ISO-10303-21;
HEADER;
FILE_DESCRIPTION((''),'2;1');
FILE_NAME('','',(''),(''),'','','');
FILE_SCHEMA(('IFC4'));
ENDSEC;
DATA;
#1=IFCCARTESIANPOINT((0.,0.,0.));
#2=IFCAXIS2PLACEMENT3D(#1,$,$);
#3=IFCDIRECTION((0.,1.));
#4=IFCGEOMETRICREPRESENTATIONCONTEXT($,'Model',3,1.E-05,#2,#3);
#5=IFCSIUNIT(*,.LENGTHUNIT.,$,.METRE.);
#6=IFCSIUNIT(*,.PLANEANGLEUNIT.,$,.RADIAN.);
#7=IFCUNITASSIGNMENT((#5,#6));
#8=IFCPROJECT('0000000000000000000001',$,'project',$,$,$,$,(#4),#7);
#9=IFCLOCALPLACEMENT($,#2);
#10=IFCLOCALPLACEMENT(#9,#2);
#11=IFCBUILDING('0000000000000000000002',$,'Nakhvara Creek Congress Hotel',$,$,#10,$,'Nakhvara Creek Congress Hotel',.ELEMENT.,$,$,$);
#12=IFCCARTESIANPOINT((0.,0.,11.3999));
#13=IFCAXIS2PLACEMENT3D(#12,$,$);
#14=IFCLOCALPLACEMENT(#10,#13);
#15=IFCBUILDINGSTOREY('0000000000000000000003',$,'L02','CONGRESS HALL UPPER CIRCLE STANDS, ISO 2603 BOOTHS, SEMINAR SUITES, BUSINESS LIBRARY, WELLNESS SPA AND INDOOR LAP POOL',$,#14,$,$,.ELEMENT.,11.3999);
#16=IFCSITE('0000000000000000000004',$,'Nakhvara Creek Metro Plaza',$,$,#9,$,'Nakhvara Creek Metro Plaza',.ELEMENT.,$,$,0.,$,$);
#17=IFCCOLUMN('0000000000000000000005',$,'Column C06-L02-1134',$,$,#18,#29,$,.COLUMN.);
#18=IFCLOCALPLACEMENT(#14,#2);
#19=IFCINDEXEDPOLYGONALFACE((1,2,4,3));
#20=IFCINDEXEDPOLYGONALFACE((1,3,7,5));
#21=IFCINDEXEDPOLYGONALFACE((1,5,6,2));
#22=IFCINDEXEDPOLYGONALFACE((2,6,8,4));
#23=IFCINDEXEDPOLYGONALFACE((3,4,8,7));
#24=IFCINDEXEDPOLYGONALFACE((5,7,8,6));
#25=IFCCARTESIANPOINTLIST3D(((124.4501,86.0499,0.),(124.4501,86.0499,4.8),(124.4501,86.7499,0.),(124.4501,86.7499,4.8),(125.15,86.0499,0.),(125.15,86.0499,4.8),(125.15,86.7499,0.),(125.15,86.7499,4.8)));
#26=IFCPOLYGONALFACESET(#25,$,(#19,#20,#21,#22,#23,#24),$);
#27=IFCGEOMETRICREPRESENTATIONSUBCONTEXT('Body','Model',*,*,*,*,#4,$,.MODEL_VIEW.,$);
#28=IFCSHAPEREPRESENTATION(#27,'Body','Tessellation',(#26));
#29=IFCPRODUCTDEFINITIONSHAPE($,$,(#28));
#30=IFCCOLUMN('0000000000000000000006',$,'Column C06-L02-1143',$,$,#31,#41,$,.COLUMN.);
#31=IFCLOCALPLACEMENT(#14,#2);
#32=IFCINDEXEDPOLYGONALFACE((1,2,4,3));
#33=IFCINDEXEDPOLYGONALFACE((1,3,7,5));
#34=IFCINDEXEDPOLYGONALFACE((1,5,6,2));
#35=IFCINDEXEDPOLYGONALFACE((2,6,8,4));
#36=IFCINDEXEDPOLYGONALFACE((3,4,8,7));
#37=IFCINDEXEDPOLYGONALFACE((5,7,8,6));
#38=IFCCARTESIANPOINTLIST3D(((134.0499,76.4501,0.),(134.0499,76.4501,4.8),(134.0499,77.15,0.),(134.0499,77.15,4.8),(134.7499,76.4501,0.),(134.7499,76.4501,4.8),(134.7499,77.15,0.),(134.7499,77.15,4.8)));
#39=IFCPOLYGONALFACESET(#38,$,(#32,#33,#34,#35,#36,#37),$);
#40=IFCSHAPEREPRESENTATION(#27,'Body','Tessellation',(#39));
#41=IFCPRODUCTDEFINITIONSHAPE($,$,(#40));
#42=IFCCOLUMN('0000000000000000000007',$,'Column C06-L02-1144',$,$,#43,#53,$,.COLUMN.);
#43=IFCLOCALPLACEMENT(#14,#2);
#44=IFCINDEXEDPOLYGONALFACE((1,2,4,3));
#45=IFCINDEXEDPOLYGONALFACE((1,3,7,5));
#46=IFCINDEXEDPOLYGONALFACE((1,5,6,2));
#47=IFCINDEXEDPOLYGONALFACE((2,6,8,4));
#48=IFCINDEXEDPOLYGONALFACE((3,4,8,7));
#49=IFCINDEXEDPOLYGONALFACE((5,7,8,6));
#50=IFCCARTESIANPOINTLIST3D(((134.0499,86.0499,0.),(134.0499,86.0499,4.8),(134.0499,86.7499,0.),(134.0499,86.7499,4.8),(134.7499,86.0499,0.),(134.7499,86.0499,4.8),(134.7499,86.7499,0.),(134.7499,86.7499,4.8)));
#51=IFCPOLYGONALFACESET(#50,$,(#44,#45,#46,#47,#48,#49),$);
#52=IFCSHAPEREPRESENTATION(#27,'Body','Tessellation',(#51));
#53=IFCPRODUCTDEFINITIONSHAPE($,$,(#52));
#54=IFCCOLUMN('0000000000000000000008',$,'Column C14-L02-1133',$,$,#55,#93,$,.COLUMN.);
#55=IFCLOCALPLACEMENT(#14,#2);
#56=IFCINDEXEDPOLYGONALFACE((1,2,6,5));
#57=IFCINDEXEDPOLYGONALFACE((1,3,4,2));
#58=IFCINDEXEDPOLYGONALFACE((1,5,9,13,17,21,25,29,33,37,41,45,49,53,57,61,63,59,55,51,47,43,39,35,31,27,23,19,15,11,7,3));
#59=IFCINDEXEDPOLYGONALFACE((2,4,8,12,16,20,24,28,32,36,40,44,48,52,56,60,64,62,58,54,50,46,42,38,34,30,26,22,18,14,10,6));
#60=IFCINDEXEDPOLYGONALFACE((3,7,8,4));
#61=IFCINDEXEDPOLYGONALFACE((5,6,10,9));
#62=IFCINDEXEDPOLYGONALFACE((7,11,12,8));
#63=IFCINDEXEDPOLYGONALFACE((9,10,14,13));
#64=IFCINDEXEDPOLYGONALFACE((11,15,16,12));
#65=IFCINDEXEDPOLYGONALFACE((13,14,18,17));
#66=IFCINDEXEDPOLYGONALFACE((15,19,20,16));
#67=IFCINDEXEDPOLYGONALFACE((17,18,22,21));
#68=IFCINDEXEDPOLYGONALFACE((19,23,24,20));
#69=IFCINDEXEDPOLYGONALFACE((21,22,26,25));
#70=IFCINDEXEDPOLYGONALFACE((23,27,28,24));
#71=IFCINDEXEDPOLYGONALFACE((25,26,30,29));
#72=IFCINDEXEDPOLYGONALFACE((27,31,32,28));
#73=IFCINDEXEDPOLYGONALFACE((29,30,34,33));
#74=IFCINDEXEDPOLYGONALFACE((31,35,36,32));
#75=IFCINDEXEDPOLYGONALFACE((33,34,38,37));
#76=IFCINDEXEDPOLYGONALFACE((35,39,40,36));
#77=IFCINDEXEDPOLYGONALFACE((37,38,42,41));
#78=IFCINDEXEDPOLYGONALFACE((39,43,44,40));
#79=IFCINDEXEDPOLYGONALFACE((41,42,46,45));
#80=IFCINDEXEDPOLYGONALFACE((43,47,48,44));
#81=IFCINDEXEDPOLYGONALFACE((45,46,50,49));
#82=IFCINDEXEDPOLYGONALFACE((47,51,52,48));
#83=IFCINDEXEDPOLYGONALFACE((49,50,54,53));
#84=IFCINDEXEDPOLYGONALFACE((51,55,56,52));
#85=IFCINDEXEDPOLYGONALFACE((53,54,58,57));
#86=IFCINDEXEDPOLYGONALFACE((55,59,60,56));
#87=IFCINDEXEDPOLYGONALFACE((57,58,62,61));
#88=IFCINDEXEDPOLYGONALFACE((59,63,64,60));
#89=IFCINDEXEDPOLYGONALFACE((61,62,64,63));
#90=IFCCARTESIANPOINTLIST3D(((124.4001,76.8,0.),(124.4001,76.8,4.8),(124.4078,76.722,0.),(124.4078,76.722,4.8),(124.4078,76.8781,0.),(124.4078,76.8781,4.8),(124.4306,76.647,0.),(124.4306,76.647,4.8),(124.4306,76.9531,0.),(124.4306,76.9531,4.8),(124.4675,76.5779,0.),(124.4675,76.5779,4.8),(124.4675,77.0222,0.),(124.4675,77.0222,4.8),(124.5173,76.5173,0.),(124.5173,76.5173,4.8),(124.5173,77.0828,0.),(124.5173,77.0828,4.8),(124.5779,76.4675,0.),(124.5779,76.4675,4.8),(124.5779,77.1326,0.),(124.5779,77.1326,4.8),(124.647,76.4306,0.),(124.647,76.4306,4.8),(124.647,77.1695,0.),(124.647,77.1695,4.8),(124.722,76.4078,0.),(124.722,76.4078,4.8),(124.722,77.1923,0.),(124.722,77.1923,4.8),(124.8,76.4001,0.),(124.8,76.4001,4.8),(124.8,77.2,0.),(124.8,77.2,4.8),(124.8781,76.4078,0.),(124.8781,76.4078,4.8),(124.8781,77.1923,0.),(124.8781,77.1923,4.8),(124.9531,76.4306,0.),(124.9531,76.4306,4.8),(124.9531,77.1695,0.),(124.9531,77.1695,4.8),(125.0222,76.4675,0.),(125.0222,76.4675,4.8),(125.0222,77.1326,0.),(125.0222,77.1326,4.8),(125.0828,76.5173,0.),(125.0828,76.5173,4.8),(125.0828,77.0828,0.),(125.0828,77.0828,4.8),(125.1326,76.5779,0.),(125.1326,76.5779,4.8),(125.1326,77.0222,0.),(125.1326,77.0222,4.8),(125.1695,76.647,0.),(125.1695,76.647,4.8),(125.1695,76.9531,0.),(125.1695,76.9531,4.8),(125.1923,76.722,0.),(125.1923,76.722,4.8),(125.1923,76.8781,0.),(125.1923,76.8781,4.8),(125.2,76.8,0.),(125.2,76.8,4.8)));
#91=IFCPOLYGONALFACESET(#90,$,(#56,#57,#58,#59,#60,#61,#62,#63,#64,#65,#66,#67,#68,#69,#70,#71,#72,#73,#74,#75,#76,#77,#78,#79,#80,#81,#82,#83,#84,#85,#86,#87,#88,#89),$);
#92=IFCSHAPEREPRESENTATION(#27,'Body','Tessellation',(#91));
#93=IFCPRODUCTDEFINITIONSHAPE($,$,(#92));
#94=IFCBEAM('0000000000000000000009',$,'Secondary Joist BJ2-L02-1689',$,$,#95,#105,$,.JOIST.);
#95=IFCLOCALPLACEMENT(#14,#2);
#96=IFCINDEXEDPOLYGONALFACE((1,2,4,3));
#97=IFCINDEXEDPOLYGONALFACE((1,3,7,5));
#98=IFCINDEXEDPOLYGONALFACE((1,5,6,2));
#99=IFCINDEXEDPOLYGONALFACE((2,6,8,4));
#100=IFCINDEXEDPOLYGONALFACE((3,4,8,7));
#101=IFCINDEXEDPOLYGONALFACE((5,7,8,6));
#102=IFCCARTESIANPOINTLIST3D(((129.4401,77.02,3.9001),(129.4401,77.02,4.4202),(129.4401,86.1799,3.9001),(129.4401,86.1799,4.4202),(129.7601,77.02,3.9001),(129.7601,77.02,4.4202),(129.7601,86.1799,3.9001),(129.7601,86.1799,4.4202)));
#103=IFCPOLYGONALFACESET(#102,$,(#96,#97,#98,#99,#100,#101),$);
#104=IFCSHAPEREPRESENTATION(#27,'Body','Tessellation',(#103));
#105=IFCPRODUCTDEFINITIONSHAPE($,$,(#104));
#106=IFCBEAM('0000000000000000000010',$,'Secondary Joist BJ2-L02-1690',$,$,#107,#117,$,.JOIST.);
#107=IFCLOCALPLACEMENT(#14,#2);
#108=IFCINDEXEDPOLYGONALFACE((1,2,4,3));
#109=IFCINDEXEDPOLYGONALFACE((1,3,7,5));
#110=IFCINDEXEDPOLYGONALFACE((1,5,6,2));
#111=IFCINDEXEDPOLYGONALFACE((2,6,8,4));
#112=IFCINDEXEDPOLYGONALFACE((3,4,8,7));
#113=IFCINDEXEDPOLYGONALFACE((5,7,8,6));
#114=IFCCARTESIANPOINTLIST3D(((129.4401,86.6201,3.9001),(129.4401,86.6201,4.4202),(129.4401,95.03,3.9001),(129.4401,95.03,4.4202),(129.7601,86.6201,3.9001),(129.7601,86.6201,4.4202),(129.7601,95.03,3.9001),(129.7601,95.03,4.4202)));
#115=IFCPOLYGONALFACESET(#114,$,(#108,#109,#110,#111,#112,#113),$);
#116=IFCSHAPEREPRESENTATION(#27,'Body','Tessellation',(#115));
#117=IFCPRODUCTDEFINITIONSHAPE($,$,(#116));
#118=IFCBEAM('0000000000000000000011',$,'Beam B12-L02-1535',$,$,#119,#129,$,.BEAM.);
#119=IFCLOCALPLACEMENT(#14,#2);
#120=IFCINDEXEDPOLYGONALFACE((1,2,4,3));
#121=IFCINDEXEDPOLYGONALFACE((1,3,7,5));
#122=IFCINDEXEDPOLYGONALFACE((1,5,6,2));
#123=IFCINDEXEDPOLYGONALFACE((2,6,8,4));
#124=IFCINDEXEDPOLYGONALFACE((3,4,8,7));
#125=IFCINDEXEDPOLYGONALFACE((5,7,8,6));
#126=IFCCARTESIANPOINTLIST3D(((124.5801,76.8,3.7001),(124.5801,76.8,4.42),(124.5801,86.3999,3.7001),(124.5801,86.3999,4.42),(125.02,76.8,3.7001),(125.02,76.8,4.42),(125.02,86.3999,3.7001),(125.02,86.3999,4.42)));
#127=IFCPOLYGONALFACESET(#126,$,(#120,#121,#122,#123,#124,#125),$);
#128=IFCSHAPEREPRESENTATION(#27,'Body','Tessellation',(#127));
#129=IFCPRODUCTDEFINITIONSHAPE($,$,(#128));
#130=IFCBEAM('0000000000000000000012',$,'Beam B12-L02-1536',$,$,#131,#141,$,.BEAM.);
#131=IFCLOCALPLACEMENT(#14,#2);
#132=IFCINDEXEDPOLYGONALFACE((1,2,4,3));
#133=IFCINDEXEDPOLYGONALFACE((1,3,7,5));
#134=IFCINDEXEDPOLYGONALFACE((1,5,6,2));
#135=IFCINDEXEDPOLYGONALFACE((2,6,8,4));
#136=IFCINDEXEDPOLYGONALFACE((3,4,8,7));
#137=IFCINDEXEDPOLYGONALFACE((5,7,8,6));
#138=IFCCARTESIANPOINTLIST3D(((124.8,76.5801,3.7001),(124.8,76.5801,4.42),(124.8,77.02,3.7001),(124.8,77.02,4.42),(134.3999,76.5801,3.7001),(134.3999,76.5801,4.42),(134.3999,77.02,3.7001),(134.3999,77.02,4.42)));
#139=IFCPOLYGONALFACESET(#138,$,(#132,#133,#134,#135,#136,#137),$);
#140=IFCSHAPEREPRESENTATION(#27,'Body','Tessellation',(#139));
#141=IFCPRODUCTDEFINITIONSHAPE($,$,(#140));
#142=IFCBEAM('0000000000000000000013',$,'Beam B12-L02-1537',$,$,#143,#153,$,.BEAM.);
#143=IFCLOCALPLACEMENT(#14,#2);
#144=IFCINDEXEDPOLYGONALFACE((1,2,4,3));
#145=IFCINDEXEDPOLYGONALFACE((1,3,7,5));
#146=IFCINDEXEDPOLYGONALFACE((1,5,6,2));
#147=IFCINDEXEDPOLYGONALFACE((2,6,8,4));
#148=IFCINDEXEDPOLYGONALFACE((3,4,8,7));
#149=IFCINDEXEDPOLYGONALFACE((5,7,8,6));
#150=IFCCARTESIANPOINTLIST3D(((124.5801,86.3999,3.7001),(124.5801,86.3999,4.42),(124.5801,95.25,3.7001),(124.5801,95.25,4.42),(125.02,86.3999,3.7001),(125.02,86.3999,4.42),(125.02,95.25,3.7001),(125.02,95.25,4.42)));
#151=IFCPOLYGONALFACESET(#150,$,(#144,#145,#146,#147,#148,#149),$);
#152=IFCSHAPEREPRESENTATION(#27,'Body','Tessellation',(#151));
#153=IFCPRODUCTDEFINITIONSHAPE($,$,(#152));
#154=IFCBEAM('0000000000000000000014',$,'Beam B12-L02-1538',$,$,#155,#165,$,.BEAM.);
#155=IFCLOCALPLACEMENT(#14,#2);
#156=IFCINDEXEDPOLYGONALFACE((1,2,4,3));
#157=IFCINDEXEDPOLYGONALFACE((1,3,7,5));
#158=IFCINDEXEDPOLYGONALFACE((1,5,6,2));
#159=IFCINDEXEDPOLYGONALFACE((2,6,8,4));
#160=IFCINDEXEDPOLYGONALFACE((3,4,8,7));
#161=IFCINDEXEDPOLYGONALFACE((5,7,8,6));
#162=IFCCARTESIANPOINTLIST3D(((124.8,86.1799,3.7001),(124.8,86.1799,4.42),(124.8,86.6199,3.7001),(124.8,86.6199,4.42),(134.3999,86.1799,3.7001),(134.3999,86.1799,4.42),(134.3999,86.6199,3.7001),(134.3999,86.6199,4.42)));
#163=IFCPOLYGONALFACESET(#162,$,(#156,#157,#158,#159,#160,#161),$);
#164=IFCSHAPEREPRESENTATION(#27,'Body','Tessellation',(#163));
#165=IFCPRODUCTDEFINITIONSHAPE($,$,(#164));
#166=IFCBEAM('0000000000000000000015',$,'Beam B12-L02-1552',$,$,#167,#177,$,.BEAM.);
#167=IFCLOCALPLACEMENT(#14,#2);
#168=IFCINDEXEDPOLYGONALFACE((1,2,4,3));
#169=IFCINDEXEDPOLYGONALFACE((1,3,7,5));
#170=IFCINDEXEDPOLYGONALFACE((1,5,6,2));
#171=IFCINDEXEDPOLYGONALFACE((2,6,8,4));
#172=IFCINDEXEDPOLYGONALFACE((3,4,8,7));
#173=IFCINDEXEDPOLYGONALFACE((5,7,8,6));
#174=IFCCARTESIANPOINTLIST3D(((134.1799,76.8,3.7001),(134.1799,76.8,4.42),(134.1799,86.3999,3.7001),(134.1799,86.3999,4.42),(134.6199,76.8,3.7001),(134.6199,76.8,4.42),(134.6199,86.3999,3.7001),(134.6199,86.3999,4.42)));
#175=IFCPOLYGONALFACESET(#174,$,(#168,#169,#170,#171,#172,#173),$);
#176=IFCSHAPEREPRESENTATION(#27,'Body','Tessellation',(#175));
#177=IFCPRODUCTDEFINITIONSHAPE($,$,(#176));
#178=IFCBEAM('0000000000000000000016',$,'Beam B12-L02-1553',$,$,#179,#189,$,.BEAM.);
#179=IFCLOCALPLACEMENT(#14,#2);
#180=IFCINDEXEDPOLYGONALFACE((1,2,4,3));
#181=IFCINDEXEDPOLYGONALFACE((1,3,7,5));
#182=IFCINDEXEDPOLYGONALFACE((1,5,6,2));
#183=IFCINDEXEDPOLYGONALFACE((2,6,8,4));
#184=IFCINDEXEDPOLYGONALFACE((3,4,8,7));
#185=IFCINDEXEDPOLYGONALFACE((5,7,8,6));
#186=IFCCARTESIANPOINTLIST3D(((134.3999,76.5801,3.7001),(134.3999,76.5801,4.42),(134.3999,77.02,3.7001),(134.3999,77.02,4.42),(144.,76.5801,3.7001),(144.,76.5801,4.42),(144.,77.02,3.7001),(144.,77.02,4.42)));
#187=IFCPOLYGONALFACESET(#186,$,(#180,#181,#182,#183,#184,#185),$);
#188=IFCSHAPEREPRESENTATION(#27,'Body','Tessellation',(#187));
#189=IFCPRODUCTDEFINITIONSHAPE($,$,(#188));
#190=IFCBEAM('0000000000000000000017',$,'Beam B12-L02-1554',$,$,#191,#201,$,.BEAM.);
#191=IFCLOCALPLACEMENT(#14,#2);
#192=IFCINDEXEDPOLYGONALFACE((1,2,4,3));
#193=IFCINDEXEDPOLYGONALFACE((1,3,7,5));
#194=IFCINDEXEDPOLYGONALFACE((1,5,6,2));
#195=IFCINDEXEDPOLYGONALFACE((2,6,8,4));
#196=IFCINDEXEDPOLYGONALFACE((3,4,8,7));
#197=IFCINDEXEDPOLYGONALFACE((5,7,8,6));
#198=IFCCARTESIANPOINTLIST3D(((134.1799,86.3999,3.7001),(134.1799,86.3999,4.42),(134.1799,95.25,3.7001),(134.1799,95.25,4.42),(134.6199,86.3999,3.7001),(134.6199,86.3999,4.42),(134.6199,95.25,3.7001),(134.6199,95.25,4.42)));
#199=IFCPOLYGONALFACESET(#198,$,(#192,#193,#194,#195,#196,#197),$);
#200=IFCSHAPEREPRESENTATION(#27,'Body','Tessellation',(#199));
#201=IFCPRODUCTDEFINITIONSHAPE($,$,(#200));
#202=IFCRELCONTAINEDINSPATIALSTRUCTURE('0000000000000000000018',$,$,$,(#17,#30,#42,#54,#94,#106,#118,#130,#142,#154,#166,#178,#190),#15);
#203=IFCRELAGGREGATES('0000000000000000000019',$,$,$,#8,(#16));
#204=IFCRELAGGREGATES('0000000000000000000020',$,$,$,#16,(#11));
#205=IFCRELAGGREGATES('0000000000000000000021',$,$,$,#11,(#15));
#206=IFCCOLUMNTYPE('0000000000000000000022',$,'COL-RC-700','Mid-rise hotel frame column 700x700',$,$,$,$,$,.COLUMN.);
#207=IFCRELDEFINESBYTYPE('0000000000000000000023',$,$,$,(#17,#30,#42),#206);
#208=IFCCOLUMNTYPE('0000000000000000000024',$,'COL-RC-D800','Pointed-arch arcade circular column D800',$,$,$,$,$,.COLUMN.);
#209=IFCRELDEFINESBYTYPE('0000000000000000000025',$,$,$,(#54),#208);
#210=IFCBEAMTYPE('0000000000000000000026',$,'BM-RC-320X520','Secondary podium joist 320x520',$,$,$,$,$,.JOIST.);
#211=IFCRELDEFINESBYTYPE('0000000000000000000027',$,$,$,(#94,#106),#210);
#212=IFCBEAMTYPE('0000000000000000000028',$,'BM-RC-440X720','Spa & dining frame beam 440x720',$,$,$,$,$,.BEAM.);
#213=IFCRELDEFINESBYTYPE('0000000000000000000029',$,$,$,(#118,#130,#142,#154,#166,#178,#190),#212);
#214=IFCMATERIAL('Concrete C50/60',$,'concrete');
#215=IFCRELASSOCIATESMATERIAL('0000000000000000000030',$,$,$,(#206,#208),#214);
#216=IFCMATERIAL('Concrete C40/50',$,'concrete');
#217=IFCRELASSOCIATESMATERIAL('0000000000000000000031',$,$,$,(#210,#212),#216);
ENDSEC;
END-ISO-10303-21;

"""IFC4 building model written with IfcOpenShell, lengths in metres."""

from ifc_helpers import new_model, si_unit, direction, frame, origin, origin_2d, place, context, subcontext, project, spatial, rectangle, circle, extrude, material, material_profile, profile_set, type_object, element, save


model = new_model("IFC4")

# Units and contexts
model_context = context("Model", 3, precision=1e-05, world=origin(), true_north=direction((0.0, 1.0)))
body_context = subcontext(model_context, "Body", "Model", "MODEL_VIEW")
ifc_project = project(units=[si_unit("LENGTHUNIT", "METRE"), si_unit("PLANEANGLEUNIT", "RADIAN")], contexts=[model_context])

# Site, building, storey
site_placement = place(None, origin())
site = spatial("IfcSite", under=ifc_project, at=site_placement, Name="Nakhvara Creek Metro Plaza", LongName="Nakhvara Creek Metro Plaza", CompositionType="ELEMENT", RefElevation=0.0)
building_placement = place(site_placement, origin())
building = spatial("IfcBuilding", under=site, at=building_placement, Name="Nakhvara Creek Congress Hotel", LongName="Nakhvara Creek Congress Hotel", CompositionType="ELEMENT")
storey_placement = place(building_placement, frame((0.0, 0.0, 11.3999)))
storey = spatial("IfcBuildingStorey", under=building, at=storey_placement, Name="L02", Description="CONGRESS HALL UPPER CIRCLE STANDS, ISO 2603 BOOTHS, SEMINAR SUITES, BUSINESS LIBRARY, WELLNESS SPA AND INDOOR LAP POOL", CompositionType="ELEMENT", Elevation=11.3999)

# Columns
ifc_material_1 = material(Name="Concrete C50/60", Category="concrete")
ifc_material_profile_1 = material_profile(ifc_material_1, rectangle(XDim=0.7, YDim=0.7, at=origin_2d()), Name="RC-COL 700x700", Category="LoadBearing")
ifc_profile_set_1 = profile_set([ifc_material_profile_1], Name="Concrete C50/60")
column_type_1 = type_object("IfcColumnType", Name="COL-RC-700", Description="Mid-rise hotel frame column 700x700", PredefinedType="COLUMN", material=ifc_profile_set_1)
for number, where, z_axis, x_axis, name in (
    (1, (124.8, 86.3999, 0.0), (0.0, 0.0, 1.0), (1.0, 0.0, 0.0), "Column C06-L02-1134"),
    (2, (134.3999, 76.8, 0.0), (0.0, 0.0, 1.0), (1.0, 0.0, 0.0), "Column C06-L02-1143"),
    (3, (134.3999, 86.3999, 0.0), (0.0, 0.0, 1.0), (1.0, 0.0, 0.0), "Column C06-L02-1144"),
):
    element("IfcColumn", number, at=place(storey_placement, frame(where, z_axis=z_axis, x_axis=x_axis)), inside=storey, type_object=column_type_1, Name=name, PredefinedType="COLUMN", context=body_context, shape_type="SweptSolid", body=[
        extrude(rectangle(XDim=0.7, YDim=0.7, at=origin_2d()), origin(), (0.0, 0.0, 1.0), 4.8),
    ])
ifc_material_profile_2 = material_profile(ifc_material_1, circle(Radius=0.3999, at=origin_2d()), Name="RC-COL D800", Category="LoadBearing")
ifc_profile_set_2 = profile_set([ifc_material_profile_2], Name="Concrete C50/60")
column_type_2 = type_object("IfcColumnType", Name="COL-RC-D800", Description="Pointed-arch arcade circular column D800", PredefinedType="COLUMN", material=ifc_profile_set_2)
column_placement = place(storey_placement, frame((124.8, 76.8, 0.0), z_axis=(0.0, 0.0, 1.0), x_axis=(1.0, 0.0, 0.0)))
element("IfcColumn", 4, at=column_placement, inside=storey, type_object=column_type_2, Name="Column C14-L02-1133", PredefinedType="COLUMN", context=body_context, shape_type="SweptSolid", body=[
    extrude(circle(Radius=0.3999, at=origin_2d()), origin(), (0.0, 0.0, 1.0), 4.8),
])

# Beams
ifc_material_2 = material(Name="Concrete C40/50", Category="concrete")
ifc_material_profile_3 = material_profile(ifc_material_2, rectangle(XDim=0.3201, YDim=0.52, at=origin_2d()), Name="RC-BM 320x520", Category="LoadBearing")
ifc_profile_set_3 = profile_set([ifc_material_profile_3], Name="Concrete C40/50")
beam_type_1 = type_object("IfcBeamType", Name="BM-RC-320X520", Description="Secondary podium joist 320x520", PredefinedType="JOIST", material=ifc_profile_set_3)
beam_1_placement = place(storey_placement, frame((129.6001, 77.02, 4.1602), z_axis=(0.0, 1.0, 0.0), x_axis=(-1.0, 0.0, 0.0)))
element("IfcBeam", 5, at=beam_1_placement, inside=storey, type_object=beam_type_1, Name="Secondary Joist BJ2-L02-1689", PredefinedType="JOIST", context=body_context, shape_type="SweptSolid", body=[
    extrude(rectangle(XDim=0.3201, YDim=0.52, at=origin_2d()), origin(), (0.0, 0.0, 1.0), 9.1599),
])
beam_2_placement = place(storey_placement, frame((129.6001, 86.6201, 4.1602), z_axis=(0.0, 1.0, 0.0), x_axis=(-1.0, 0.0, 0.0)))
element("IfcBeam", 6, at=beam_2_placement, inside=storey, type_object=beam_type_1, Name="Secondary Joist BJ2-L02-1690", PredefinedType="JOIST", context=body_context, shape_type="SweptSolid", body=[
    extrude(rectangle(XDim=0.3201, YDim=0.52, at=origin_2d()), origin(), (0.0, 0.0, 1.0), 8.4099),
])
ifc_material_profile_4 = material_profile(ifc_material_2, rectangle(XDim=0.4399, YDim=0.72, at=origin_2d()), Name="RC-BM 440x720", Category="LoadBearing")
ifc_profile_set_4 = profile_set([ifc_material_profile_4], Name="Concrete C40/50")
beam_type_2 = type_object("IfcBeamType", Name="BM-RC-440X720", Description="Spa & dining frame beam 440x720", PredefinedType="BEAM", material=ifc_profile_set_4)
for number, where, z_axis, x_axis, name in (
    (7, (124.8, 76.8, 4.0601), (0.0, 1.0, 0.0), (-1.0, 0.0, 0.0), "Beam B12-L02-1535"),
    (8, (124.8, 76.8, 4.0601), (1.0, 0.0, 0.0), (0.0, 1.0, 0.0), "Beam B12-L02-1536"),
):
    element("IfcBeam", number, at=place(storey_placement, frame(where, z_axis=z_axis, x_axis=x_axis)), inside=storey, type_object=beam_type_2, Name=name, PredefinedType="BEAM", context=body_context, shape_type="SweptSolid", body=[
        extrude(rectangle(XDim=0.4399, YDim=0.72, at=origin_2d()), origin(), (0.0, 0.0, 1.0), 9.5999),
    ])
beam_3_placement = place(storey_placement, frame((124.8, 86.3999, 4.0601), z_axis=(0.0, 1.0, 0.0), x_axis=(-1.0, 0.0, 0.0)))
element("IfcBeam", 9, at=beam_3_placement, inside=storey, type_object=beam_type_2, Name="Beam B12-L02-1537", PredefinedType="BEAM", context=body_context, shape_type="SweptSolid", body=[
    extrude(rectangle(XDim=0.4399, YDim=0.72, at=origin_2d()), origin(), (0.0, 0.0, 1.0), 8.8501),
])
for number, where, z_axis, x_axis, name in (
    (10, (124.8, 86.3999, 4.0601), (1.0, 0.0, 0.0), (0.0, 1.0, 0.0), "Beam B12-L02-1538"),
    (11, (134.3999, 76.8, 4.0601), (0.0, 1.0, 0.0), (-1.0, 0.0, 0.0), "Beam B12-L02-1552"),
):
    element("IfcBeam", number, at=place(storey_placement, frame(where, z_axis=z_axis, x_axis=x_axis)), inside=storey, type_object=beam_type_2, Name=name, PredefinedType="BEAM", context=body_context, shape_type="SweptSolid", body=[
        extrude(rectangle(XDim=0.4399, YDim=0.72, at=origin_2d()), origin(), (0.0, 0.0, 1.0), 9.5999),
    ])
beam_4_placement = place(storey_placement, frame((134.3999, 76.8, 4.0601), z_axis=(1.0, 0.0, 0.0), x_axis=(0.0, 1.0, 0.0)))
element("IfcBeam", 12, at=beam_4_placement, inside=storey, type_object=beam_type_2, Name="Beam B12-L02-1553", PredefinedType="BEAM", context=body_context, shape_type="SweptSolid", body=[
    extrude(rectangle(XDim=0.4399, YDim=0.72, at=origin_2d()), origin(), (0.0, 0.0, 1.0), 9.6001),
])
beam_5_placement = place(storey_placement, frame((134.3999, 86.3999, 4.0601), z_axis=(0.0, 1.0, 0.0), x_axis=(-1.0, 0.0, 0.0)))
element("IfcBeam", 13, at=beam_5_placement, inside=storey, type_object=beam_type_2, Name="Beam B12-L02-1554", PredefinedType="BEAM", context=body_context, shape_type="SweptSolid", body=[
    extrude(rectangle(XDim=0.4399, YDim=0.72, at=origin_2d()), origin(), (0.0, 0.0, 1.0), 8.8501),
])

save(model, "model.ifc")
